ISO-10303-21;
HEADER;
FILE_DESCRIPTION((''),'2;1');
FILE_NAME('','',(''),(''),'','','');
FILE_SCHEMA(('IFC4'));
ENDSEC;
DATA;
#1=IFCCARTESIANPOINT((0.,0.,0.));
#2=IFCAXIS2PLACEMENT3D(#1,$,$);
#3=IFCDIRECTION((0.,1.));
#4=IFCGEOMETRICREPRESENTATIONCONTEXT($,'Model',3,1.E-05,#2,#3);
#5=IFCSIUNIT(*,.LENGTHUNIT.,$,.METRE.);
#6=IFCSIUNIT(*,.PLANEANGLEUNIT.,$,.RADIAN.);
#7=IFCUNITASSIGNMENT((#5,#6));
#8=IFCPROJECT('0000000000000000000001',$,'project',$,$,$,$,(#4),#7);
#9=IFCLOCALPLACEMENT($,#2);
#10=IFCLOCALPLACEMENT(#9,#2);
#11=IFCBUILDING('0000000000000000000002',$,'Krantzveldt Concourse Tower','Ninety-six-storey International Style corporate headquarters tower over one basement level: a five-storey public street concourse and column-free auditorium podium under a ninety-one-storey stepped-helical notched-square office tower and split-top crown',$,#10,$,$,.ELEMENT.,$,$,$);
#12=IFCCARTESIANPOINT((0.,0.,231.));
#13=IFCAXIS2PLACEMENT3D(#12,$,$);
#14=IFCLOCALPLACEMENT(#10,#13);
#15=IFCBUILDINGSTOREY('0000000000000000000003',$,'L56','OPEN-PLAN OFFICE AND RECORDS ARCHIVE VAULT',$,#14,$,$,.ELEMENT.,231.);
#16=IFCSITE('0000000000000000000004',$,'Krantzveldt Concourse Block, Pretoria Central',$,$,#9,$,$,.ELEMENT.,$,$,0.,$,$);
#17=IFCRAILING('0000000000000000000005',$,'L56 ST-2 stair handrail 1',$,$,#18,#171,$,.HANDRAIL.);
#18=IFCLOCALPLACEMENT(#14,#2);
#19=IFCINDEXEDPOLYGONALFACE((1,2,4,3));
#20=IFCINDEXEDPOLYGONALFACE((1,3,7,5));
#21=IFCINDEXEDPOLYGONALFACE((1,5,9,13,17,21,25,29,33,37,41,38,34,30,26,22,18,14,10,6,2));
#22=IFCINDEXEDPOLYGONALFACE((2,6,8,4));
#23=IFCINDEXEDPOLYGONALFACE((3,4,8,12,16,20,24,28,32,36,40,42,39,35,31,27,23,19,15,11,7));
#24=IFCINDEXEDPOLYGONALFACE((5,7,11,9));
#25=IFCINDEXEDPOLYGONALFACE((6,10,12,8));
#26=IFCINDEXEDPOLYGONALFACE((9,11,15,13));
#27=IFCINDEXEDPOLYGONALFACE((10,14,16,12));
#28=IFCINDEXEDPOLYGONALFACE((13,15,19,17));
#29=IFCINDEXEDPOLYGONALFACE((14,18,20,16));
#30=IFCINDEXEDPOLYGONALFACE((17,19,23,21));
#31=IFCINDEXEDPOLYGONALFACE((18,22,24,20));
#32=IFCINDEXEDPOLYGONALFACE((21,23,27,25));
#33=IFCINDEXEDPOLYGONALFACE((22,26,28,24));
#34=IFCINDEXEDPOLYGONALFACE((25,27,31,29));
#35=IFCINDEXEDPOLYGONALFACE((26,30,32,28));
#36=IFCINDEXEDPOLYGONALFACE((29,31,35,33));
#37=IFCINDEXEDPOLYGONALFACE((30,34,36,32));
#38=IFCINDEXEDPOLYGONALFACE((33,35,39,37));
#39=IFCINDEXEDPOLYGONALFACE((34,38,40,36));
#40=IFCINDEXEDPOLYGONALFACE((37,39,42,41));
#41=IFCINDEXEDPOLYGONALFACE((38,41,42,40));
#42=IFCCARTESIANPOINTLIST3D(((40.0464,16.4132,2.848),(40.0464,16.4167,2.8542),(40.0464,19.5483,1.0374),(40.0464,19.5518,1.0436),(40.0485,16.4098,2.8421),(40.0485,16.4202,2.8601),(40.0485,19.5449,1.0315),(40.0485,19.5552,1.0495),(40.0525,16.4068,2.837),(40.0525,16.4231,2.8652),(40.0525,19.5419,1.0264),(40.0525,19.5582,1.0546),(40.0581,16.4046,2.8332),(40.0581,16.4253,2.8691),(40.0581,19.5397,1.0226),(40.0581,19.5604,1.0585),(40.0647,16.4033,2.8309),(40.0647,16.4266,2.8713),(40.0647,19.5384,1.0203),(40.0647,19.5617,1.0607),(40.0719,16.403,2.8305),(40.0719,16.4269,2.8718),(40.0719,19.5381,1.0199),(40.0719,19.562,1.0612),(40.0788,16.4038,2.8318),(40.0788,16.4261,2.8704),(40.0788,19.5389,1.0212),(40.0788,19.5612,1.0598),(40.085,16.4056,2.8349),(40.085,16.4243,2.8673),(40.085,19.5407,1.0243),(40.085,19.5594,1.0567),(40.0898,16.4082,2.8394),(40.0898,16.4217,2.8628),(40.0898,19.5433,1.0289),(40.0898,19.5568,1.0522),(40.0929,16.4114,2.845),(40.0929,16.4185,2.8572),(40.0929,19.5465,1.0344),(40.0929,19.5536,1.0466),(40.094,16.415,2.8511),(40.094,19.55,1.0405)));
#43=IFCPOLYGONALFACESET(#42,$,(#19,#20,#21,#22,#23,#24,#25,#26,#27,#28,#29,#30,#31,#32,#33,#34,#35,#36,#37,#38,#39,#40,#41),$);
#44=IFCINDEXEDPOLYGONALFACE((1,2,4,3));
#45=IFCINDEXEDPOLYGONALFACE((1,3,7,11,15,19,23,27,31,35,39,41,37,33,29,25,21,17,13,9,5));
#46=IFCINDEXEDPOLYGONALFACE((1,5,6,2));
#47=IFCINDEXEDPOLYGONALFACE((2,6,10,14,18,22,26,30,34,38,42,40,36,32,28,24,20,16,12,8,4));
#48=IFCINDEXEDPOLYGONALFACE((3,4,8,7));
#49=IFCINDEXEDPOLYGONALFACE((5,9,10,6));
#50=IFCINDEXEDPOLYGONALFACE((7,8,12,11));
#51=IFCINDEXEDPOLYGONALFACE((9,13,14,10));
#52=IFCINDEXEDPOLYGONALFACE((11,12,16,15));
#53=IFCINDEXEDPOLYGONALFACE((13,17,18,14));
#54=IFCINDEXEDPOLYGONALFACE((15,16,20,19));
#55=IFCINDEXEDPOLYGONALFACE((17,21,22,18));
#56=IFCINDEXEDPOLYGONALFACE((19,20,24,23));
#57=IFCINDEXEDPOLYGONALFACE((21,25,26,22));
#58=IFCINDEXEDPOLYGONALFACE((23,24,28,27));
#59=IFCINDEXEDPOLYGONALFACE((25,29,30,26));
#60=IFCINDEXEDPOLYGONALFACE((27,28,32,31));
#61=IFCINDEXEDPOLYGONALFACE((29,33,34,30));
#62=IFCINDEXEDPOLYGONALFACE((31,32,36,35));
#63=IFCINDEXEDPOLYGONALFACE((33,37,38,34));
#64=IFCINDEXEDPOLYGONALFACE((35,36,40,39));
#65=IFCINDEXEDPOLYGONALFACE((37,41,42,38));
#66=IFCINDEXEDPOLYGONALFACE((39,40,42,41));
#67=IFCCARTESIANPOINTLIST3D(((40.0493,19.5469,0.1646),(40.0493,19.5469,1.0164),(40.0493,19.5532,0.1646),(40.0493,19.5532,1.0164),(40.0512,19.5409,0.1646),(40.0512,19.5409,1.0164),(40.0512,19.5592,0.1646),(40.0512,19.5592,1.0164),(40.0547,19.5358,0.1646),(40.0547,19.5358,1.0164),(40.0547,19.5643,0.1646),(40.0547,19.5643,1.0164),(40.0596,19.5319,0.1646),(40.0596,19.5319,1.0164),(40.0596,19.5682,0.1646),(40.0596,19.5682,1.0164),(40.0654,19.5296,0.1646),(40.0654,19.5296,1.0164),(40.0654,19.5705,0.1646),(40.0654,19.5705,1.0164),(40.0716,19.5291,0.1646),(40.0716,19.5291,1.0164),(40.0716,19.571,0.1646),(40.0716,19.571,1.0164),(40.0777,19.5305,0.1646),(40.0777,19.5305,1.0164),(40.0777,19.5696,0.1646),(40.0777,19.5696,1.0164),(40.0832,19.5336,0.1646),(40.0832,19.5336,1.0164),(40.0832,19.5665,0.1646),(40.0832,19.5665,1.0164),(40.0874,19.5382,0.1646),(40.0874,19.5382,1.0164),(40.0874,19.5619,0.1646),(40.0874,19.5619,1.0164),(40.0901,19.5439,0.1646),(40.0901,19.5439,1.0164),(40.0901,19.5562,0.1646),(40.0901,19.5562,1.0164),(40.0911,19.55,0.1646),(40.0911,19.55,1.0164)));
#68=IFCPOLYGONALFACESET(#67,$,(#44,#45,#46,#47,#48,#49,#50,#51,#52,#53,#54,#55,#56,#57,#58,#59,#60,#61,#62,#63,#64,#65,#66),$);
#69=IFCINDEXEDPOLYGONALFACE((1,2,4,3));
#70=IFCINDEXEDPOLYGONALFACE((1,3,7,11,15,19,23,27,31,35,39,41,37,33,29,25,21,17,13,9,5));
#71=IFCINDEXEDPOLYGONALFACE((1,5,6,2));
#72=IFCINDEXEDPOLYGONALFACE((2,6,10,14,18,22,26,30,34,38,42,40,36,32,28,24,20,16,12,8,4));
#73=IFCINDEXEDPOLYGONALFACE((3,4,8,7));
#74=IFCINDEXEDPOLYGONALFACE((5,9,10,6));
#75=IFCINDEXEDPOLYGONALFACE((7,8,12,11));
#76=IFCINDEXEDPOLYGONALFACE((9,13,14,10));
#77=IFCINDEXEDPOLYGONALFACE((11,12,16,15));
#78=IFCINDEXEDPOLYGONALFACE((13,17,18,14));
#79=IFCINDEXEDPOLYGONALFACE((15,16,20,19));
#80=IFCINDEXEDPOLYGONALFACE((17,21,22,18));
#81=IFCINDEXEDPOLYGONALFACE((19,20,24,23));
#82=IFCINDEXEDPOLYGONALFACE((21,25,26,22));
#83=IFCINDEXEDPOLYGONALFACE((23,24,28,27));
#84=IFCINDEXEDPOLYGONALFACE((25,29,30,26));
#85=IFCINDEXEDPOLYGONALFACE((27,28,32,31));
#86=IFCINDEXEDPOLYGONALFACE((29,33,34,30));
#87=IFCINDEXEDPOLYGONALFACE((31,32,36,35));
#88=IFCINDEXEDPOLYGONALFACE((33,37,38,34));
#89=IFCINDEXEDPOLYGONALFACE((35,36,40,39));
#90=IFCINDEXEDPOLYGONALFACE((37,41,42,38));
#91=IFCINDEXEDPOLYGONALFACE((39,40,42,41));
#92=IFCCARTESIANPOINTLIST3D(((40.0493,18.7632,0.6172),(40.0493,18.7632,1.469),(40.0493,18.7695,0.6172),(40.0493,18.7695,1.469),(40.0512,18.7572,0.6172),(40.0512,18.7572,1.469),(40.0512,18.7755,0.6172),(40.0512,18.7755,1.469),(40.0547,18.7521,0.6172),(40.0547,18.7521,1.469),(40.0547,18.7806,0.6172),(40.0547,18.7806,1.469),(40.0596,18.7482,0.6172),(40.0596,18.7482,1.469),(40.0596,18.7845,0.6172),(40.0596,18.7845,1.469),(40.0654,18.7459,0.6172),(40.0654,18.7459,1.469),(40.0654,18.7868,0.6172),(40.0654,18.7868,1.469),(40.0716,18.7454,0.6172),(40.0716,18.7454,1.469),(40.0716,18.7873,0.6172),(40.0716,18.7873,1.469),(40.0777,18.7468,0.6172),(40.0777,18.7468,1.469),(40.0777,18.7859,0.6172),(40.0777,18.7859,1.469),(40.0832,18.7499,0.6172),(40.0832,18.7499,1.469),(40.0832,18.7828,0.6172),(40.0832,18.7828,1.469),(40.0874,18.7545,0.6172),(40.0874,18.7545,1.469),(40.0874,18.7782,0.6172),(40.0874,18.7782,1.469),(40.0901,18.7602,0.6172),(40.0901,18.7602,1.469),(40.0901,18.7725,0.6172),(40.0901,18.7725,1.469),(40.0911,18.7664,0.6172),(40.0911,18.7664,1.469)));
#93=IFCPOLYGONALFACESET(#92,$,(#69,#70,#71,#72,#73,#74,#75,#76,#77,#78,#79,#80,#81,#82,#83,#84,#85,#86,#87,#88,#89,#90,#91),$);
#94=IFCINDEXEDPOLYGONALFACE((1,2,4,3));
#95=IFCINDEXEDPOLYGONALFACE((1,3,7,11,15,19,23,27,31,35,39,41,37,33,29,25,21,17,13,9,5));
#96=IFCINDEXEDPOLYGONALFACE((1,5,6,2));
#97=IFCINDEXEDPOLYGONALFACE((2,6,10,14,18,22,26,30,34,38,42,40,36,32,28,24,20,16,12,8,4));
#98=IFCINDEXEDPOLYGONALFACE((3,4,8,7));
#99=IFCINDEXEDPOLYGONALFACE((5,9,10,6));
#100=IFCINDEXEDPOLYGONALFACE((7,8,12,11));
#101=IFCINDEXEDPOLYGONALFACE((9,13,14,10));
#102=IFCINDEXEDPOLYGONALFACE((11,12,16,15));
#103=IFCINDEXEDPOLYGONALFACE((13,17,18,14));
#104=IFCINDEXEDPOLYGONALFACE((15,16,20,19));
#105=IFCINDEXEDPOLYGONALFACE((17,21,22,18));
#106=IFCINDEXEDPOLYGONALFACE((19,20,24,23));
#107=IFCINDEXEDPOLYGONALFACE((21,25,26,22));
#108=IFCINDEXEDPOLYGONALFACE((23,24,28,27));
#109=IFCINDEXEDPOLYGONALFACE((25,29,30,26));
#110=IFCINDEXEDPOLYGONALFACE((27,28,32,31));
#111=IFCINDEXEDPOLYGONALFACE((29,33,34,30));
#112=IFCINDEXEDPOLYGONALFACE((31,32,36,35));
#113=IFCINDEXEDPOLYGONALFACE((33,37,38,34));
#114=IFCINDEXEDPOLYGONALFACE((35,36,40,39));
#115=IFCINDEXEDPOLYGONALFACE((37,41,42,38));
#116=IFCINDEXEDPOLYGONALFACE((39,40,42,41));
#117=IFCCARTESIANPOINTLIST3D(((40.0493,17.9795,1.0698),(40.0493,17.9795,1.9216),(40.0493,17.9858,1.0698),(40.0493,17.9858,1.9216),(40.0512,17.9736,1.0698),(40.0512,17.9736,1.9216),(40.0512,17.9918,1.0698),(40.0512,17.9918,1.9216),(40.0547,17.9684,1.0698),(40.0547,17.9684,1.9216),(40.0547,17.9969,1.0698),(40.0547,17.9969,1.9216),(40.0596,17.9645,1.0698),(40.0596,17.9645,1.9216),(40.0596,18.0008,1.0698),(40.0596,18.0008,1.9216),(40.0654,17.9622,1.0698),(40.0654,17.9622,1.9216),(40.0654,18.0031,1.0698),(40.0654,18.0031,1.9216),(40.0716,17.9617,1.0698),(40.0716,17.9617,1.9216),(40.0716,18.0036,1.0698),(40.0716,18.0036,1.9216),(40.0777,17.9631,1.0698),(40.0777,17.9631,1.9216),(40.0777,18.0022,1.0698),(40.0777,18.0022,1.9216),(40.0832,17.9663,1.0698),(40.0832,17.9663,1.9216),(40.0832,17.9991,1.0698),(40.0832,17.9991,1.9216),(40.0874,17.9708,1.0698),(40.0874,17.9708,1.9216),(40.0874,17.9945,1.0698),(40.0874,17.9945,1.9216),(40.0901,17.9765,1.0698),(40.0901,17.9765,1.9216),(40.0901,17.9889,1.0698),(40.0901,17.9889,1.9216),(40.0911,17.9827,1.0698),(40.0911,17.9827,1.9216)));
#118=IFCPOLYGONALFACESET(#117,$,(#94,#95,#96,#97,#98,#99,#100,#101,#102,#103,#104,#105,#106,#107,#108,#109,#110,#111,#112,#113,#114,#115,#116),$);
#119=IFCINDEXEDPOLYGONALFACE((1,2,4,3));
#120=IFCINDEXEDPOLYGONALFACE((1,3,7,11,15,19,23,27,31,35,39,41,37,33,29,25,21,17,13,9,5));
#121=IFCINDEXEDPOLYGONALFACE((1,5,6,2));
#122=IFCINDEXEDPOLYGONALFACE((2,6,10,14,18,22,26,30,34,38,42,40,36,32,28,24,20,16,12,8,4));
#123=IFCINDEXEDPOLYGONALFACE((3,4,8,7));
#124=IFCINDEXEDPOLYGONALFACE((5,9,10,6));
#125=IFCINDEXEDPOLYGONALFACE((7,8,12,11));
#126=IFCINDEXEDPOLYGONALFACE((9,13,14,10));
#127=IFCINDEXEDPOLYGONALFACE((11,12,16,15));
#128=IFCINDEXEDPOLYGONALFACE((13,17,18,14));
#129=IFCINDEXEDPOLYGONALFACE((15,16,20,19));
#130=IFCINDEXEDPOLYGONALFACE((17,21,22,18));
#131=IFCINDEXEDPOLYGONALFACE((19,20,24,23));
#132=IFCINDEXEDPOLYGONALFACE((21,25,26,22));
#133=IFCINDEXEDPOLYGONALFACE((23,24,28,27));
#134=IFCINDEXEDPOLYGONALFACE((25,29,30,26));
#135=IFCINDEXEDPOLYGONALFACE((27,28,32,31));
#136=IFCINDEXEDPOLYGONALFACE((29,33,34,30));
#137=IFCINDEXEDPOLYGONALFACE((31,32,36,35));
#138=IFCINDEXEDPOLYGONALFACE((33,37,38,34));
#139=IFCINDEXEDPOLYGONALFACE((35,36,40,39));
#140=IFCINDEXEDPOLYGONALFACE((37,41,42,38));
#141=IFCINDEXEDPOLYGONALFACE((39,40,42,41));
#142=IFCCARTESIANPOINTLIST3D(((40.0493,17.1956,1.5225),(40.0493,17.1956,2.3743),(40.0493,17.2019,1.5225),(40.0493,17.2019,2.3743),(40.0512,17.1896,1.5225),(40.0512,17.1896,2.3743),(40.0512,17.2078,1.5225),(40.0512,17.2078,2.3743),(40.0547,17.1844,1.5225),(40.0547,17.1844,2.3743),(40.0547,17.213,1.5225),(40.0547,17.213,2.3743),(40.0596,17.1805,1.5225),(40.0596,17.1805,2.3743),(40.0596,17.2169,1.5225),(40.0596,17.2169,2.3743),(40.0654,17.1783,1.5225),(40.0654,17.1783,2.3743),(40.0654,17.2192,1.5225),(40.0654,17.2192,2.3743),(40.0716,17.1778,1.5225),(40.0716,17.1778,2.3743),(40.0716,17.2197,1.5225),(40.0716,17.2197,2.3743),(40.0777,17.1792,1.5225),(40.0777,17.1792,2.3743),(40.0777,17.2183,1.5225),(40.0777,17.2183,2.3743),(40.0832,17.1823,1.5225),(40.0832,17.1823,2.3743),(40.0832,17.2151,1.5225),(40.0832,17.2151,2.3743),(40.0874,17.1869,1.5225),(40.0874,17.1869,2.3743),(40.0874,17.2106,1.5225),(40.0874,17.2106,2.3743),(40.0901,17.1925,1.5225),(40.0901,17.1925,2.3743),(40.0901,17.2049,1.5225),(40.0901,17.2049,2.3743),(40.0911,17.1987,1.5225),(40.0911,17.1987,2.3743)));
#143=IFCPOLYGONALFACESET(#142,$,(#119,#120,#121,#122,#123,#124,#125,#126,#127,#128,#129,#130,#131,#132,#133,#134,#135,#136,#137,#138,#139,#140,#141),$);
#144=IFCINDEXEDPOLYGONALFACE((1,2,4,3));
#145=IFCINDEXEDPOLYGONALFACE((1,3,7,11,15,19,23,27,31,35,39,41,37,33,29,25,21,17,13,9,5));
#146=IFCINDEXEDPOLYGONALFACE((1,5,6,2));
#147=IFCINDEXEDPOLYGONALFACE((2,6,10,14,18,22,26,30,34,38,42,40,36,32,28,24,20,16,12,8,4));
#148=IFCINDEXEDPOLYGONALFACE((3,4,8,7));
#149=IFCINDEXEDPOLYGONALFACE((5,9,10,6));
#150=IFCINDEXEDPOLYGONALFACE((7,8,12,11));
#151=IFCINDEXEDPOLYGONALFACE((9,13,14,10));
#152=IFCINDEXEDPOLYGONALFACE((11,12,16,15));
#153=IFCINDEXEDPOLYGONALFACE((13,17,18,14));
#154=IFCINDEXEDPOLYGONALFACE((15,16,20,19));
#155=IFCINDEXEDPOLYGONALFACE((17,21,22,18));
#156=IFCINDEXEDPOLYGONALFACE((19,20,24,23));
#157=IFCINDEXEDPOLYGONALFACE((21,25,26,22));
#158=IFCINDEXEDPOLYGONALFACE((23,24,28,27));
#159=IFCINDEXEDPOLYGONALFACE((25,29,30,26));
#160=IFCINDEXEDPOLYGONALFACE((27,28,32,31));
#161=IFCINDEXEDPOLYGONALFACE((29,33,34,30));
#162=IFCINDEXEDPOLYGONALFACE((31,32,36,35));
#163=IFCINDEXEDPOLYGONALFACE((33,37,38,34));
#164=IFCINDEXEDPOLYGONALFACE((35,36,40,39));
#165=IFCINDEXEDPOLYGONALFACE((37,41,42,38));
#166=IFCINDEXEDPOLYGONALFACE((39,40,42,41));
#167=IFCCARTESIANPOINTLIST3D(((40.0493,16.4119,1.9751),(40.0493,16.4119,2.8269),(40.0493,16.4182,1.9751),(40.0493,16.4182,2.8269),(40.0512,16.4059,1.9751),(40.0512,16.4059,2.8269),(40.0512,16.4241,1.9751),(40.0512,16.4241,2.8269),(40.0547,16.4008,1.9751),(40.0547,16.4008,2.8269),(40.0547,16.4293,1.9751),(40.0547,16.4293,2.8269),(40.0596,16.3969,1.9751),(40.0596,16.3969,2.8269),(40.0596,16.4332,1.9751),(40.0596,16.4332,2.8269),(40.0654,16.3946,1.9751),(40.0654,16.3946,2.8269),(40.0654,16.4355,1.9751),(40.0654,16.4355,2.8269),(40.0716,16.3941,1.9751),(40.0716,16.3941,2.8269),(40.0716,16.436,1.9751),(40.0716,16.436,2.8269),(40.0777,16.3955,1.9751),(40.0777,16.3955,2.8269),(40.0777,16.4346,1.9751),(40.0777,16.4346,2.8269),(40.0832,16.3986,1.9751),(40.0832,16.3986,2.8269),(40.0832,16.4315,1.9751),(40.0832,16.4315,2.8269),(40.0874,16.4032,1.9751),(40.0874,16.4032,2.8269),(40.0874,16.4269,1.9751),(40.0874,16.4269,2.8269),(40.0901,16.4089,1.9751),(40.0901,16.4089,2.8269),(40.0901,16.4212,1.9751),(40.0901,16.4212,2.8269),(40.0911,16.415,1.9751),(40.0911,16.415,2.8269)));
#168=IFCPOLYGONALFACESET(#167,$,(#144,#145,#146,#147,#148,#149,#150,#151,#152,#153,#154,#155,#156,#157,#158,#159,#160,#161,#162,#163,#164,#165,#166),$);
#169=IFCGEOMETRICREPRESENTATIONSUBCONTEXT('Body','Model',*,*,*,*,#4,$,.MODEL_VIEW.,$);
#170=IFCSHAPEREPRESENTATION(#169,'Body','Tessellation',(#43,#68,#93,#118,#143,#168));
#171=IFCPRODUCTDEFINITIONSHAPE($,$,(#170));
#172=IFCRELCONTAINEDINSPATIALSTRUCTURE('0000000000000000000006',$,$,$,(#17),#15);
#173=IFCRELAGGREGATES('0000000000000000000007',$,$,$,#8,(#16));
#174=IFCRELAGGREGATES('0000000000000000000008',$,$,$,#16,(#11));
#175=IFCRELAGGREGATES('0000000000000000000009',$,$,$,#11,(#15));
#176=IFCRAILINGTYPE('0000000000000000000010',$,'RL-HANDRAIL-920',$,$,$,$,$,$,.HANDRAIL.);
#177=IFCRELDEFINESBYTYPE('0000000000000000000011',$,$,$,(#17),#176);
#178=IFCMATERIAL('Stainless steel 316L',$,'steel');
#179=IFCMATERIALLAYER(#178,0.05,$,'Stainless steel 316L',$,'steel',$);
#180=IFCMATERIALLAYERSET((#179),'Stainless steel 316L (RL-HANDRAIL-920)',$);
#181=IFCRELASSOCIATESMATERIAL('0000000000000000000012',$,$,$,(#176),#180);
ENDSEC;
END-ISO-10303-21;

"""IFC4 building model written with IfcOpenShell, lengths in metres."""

from ifc_helpers import new_model, si_unit, direction, frame, origin, origin_2d, place, context, subcontext, project, spatial, circle, extrude, material, layer, layer_set, type_object, element, save


model = new_model("IFC4")

# Units and contexts
model_context = context("Model", 3, precision=1e-05, world=origin(), true_north=direction((0.0, 1.0)))
body_context = subcontext(model_context, "Body", "Model", "MODEL_VIEW")
ifc_project = project(units=[si_unit("LENGTHUNIT", "METRE"), si_unit("PLANEANGLEUNIT", "RADIAN")], contexts=[model_context])

# Site, building, storey
site_placement = place(None, origin())
site = spatial("IfcSite", under=ifc_project, at=site_placement, Name="Krantzveldt Concourse Block, Pretoria Central", CompositionType="ELEMENT", RefElevation=0.0)
building_placement = place(site_placement, origin())
building = spatial("IfcBuilding", under=site, at=building_placement, Name="Krantzveldt Concourse Tower", Description="Ninety-six-storey International Style corporate headquarters tower over one basement level: a five-storey public street concourse and column-free auditorium podium under a ninety-one-storey stepped-helical notched-square office tower and split-top crown", CompositionType="ELEMENT")
storey_placement = place(building_placement, frame((0.0, 0.0, 231.0)))
storey = spatial("IfcBuildingStorey", under=building, at=storey_placement, Name="L56", Description="OPEN-PLAN OFFICE AND RECORDS ARCHIVE VAULT", CompositionType="ELEMENT", Elevation=231.0)

# Shared definitions
ifc_material_1 = material(Name="Stainless steel 316L", Category="steel")

# Railing
ifc_layer_1 = layer(ifc_material_1, 0.05, Name="Stainless steel 316L", Category="steel")
ifc_layer_set_1 = layer_set([ifc_layer_1], Name="Stainless steel 316L (RL-HANDRAIL-920)")
railing_type_1 = type_object("IfcRailingType", Name="RL-HANDRAIL-920", PredefinedType="HANDRAIL", material=ifc_layer_set_1)
railing_1_placement = place(storey_placement, frame((40.0701, 19.55, 0.1646)))
element("IfcRailing", 1, at=railing_1_placement, inside=storey, type_object=railing_type_1, Name="L56 ST-2 stair handrail 1", PredefinedType="HANDRAIL", context=body_context, shape_type="SweptSolid", body=[
    extrude(circle(Radius=0.0239, at=origin_2d()), frame((0.0, 0.0, 0.876), z_axis=(0.0, -0.86596, 0.500114), x_axis=(1.0, 0.0, 0.0)), (0.0, 0.0, 1.0), 3.6204),
    extrude(circle(Radius=0.021, at=origin_2d()), origin(), (0.0, 0.0, 1.0), 0.8518),
    extrude(circle(Radius=0.021, at=origin_2d()), frame((0.0, -0.7837, 0.4526)), (0.0, 0.0, 1.0), 0.8518),
    extrude(circle(Radius=0.021, at=origin_2d()), frame((0.0, -1.5674, 0.9053)), (0.0, 0.0, 1.0), 0.8518),
    extrude(circle(Radius=0.021, at=origin_2d()), frame((0.0, -2.3513, 1.3579)), (0.0, 0.0, 1.0), 0.8518),
    extrude(circle(Radius=0.021, at=origin_2d()), frame((0.0, -3.135, 1.8105)), (0.0, 0.0, 1.0), 0.8518),
])

save(model, "model.ifc")
